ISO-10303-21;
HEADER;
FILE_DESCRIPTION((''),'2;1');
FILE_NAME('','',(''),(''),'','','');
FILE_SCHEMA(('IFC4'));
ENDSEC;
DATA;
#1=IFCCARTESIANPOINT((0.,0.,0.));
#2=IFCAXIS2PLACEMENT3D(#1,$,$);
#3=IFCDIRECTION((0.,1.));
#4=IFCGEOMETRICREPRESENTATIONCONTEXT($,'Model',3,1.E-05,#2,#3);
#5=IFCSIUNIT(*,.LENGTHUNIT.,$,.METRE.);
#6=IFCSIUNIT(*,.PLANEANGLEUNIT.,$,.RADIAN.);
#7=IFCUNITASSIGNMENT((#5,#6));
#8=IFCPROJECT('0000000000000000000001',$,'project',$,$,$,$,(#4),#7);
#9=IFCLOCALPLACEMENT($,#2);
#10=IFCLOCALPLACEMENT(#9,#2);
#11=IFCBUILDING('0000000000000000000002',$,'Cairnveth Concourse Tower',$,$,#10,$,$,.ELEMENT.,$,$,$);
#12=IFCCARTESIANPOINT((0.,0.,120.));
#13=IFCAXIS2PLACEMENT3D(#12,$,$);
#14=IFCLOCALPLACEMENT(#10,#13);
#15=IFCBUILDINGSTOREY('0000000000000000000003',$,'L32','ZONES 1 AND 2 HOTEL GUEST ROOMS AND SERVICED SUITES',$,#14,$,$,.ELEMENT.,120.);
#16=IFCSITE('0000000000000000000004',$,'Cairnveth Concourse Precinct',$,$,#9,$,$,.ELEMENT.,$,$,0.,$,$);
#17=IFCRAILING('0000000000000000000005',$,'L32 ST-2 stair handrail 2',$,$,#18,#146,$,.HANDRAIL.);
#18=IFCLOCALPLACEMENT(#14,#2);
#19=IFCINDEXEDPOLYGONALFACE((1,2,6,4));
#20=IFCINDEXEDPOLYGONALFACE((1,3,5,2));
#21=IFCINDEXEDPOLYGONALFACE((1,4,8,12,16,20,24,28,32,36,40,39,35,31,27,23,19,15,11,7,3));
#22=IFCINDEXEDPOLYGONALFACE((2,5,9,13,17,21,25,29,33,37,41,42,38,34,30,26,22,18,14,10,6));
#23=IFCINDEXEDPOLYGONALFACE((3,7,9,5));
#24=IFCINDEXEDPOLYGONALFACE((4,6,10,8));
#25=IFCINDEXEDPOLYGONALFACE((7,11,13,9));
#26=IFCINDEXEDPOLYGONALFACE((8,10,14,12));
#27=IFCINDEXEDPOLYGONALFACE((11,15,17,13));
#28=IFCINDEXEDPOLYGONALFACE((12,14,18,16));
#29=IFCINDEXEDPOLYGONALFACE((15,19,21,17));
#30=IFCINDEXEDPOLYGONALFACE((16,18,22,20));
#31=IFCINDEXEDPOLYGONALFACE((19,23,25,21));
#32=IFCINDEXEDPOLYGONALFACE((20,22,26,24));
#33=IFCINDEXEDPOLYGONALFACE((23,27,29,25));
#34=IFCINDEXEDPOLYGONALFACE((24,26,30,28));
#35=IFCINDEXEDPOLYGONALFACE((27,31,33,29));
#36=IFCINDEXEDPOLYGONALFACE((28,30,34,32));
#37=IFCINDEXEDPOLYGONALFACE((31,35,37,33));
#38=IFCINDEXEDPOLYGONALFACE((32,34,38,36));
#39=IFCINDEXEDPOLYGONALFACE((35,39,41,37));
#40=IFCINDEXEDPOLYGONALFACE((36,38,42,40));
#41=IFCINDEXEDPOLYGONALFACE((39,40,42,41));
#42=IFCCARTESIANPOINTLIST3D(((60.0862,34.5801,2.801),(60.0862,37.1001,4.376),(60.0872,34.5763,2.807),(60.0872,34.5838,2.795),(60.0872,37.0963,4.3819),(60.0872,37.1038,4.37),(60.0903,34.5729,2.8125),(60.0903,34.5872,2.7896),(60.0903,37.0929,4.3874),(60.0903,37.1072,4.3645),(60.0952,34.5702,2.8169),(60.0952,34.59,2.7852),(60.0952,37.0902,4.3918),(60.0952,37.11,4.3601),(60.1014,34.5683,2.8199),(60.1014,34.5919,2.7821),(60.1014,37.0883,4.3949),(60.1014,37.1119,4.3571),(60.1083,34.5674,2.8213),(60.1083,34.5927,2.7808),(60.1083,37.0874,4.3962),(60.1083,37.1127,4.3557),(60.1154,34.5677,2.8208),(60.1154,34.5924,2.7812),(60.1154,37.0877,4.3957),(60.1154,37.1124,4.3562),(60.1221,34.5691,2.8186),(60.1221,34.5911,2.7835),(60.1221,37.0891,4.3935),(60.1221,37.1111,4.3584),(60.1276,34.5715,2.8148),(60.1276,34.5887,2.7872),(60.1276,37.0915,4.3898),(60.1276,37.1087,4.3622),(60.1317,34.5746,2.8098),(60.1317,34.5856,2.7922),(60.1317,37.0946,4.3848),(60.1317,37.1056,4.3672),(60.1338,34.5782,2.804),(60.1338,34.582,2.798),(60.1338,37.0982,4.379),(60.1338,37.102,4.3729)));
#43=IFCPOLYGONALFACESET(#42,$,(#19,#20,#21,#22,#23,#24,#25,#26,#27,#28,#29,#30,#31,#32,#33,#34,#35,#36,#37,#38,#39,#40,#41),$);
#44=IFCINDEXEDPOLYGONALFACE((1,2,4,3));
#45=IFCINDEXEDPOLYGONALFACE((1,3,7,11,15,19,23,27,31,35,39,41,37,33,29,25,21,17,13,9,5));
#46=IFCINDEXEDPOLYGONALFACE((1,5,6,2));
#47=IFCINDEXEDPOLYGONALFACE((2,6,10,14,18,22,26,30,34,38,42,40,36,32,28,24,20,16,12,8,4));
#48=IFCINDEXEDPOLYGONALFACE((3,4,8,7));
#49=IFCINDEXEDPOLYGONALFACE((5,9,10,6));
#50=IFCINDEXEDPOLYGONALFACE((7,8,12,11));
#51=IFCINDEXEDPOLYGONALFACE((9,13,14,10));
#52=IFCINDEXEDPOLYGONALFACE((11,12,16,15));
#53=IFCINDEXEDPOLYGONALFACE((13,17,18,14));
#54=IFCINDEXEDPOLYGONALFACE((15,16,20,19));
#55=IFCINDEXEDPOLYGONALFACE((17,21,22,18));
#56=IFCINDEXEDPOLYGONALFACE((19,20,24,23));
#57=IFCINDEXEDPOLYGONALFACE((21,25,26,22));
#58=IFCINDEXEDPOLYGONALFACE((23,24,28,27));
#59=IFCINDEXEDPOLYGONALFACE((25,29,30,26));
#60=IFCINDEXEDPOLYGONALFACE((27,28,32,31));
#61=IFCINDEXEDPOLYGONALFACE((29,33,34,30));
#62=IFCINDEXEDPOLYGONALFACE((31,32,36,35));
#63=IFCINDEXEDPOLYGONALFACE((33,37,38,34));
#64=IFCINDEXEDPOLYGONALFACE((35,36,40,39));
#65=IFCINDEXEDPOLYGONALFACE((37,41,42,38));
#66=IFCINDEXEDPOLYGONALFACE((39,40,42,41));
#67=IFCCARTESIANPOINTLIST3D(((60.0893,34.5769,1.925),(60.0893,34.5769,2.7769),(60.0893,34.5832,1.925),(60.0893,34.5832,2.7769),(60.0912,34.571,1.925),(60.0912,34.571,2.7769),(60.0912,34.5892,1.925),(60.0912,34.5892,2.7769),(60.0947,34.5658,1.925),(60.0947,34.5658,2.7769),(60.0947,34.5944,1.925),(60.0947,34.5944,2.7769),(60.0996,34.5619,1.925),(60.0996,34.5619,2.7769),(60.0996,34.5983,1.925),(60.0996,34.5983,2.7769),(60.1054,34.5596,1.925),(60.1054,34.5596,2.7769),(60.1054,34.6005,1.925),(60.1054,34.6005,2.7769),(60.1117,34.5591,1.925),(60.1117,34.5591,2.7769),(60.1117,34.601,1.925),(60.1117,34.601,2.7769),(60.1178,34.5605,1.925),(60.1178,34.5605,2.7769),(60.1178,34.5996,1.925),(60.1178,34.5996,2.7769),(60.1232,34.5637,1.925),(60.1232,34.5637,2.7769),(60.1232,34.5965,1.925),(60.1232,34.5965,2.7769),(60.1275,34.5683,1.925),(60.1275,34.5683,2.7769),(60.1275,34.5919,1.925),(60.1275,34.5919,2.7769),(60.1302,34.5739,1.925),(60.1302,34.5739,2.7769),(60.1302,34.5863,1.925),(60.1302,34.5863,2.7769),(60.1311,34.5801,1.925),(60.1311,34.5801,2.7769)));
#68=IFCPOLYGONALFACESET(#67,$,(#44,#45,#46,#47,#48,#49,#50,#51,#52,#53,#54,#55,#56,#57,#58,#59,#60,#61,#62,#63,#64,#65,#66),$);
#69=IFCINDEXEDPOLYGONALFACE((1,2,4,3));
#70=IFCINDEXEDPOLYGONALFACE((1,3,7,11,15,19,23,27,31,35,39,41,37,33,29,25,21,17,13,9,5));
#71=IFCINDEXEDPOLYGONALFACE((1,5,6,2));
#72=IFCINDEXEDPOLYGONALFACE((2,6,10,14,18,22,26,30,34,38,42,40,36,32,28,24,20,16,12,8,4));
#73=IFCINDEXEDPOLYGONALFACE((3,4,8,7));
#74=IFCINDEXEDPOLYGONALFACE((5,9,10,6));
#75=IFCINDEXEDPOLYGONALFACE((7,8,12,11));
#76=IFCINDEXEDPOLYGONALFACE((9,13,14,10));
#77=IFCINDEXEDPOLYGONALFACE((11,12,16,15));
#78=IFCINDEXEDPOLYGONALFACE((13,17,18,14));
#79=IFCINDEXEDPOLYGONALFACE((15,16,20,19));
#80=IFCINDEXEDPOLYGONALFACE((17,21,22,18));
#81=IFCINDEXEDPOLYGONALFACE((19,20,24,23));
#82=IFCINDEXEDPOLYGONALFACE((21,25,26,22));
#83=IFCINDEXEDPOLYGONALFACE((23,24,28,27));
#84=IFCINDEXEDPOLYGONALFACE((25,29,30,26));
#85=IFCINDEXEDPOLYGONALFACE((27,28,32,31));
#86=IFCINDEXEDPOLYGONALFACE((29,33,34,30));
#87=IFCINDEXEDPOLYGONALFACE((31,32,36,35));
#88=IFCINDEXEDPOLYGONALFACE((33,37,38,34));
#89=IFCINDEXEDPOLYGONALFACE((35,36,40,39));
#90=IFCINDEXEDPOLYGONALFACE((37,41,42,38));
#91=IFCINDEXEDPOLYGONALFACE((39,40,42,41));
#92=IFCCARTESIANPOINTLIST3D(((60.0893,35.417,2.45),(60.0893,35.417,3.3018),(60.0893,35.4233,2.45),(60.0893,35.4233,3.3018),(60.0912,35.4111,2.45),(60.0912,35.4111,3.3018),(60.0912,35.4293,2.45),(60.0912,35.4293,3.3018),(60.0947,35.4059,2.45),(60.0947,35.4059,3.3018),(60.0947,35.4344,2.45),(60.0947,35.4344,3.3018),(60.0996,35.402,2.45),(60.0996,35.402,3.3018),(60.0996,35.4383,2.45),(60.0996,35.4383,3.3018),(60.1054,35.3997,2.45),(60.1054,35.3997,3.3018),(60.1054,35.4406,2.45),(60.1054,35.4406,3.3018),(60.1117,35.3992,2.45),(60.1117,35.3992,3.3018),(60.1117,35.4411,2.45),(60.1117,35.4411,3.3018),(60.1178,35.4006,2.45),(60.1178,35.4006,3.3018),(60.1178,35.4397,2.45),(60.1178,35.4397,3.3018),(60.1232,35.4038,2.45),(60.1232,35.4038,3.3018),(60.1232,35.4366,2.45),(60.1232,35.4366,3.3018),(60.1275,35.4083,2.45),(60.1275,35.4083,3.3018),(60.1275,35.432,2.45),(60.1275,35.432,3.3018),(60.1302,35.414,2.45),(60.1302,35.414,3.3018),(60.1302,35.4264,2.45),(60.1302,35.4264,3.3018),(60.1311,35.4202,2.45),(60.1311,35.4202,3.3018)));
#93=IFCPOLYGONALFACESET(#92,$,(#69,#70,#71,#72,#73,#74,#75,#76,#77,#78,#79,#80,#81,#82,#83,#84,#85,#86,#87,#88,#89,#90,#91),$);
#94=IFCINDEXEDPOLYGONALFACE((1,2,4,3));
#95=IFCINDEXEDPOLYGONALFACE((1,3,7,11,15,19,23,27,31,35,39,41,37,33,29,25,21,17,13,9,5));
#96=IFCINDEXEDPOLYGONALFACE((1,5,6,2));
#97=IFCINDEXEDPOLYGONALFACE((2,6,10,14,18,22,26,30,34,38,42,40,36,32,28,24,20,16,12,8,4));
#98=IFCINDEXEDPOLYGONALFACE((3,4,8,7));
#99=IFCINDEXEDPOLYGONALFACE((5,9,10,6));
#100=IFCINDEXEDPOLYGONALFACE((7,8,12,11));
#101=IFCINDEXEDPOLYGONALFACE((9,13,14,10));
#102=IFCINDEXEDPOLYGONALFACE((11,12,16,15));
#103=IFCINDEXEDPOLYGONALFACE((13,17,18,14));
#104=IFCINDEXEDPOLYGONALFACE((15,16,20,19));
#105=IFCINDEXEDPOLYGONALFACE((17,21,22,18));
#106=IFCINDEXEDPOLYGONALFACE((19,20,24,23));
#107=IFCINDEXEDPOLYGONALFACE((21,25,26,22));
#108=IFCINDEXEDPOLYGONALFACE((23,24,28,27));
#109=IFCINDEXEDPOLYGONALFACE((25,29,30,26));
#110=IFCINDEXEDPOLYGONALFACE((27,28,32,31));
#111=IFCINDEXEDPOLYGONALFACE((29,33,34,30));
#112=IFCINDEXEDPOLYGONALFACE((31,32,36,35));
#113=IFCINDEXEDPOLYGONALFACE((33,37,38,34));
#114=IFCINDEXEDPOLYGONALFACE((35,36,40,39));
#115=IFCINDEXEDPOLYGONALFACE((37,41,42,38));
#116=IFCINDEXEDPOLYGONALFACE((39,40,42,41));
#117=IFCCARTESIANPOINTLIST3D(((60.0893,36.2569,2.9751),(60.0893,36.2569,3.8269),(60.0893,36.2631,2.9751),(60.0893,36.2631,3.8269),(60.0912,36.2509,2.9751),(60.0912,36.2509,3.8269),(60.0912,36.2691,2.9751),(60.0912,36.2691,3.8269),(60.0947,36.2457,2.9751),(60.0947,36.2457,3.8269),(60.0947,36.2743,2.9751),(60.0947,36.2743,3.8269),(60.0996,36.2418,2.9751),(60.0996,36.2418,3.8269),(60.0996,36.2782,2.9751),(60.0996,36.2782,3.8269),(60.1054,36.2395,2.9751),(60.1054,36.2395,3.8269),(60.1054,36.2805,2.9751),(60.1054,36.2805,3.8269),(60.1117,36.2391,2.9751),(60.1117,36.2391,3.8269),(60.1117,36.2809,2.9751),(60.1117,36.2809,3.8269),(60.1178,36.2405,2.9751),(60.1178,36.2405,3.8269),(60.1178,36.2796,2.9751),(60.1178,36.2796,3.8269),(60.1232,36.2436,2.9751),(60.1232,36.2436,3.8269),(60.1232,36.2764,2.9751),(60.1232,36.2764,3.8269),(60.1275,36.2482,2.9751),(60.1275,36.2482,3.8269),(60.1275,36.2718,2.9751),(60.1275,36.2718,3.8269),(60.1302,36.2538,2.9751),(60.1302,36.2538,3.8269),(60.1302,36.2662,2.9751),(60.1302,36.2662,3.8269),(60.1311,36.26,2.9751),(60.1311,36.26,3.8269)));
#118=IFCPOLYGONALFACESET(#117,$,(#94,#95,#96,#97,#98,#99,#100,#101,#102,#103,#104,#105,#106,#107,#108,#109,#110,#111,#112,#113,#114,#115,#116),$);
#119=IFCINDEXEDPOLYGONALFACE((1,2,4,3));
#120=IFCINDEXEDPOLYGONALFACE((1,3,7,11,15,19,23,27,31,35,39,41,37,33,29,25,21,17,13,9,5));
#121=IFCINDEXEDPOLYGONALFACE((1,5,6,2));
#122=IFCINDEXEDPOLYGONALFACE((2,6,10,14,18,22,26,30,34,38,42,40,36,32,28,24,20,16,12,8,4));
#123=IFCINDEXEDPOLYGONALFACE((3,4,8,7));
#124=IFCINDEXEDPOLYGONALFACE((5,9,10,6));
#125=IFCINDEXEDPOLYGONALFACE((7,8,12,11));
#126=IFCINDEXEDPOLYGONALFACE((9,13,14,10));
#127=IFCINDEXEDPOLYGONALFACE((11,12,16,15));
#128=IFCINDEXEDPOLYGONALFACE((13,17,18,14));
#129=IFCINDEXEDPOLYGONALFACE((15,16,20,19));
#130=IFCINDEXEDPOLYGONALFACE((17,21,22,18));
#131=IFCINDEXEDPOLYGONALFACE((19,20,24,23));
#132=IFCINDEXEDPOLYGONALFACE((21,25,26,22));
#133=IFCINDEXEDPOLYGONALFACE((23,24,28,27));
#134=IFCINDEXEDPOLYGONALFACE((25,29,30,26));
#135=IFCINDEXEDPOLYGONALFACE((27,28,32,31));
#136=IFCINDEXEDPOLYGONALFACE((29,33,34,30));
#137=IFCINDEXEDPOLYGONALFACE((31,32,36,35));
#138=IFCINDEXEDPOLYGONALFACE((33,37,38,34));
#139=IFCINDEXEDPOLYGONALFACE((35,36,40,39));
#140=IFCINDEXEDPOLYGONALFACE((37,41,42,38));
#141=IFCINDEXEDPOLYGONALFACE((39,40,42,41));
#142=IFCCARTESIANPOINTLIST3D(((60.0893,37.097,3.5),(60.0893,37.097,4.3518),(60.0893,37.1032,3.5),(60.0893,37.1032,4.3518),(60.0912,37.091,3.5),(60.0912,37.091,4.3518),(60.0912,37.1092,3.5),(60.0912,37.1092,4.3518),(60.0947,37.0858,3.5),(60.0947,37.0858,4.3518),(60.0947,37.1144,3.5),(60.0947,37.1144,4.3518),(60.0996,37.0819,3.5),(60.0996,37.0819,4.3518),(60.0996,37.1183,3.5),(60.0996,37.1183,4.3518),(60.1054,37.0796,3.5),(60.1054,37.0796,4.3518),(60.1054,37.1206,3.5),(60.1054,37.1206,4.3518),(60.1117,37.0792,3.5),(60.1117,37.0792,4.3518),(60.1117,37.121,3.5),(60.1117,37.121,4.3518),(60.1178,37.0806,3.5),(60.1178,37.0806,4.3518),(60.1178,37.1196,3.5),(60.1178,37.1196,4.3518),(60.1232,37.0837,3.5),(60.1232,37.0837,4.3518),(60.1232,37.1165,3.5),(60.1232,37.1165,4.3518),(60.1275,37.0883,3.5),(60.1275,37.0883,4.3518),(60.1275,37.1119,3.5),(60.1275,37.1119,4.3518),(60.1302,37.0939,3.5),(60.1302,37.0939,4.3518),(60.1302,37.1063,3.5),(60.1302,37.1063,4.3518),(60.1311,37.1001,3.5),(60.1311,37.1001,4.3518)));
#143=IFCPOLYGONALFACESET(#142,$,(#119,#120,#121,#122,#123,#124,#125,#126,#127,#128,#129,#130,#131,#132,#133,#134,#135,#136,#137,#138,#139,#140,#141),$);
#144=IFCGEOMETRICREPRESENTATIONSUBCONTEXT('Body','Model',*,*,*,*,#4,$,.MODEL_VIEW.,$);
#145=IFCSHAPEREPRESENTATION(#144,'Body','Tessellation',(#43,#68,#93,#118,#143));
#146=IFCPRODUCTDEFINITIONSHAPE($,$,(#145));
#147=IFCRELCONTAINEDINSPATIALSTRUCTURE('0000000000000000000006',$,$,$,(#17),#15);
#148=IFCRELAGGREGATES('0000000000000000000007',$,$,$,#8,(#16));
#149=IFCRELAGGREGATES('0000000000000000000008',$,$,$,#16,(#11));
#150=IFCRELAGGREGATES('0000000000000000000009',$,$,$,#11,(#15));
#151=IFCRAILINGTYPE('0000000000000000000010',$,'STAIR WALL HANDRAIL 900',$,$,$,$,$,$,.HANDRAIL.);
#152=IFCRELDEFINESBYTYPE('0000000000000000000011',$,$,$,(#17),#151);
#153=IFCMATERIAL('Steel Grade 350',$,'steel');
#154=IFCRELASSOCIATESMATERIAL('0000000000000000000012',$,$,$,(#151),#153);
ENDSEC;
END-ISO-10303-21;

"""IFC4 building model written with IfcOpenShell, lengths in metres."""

from ifc_helpers import new_model, si_unit, direction, frame, origin, origin_2d, place, context, subcontext, project, spatial, circle, extrude, material, type_object, element, save


model = new_model("IFC4")

# Units and contexts
model_context = context("Model", 3, precision=1e-05, world=origin(), true_north=direction((0.0, 1.0)))
body_context = subcontext(model_context, "Body", "Model", "MODEL_VIEW")
ifc_project = project(units=[si_unit("LENGTHUNIT", "METRE"), si_unit("PLANEANGLEUNIT", "RADIAN")], contexts=[model_context])

# Site, building, storey
site_placement = place(None, origin())
site = spatial("IfcSite", under=ifc_project, at=site_placement, Name="Cairnveth Concourse Precinct", CompositionType="ELEMENT", RefElevation=0.0)
building_placement = place(site_placement, origin())
building = spatial("IfcBuilding", under=site, at=building_placement, Name="Cairnveth Concourse Tower", CompositionType="ELEMENT")
storey_placement = place(building_placement, frame((0.0, 0.0, 120.0)))
storey = spatial("IfcBuildingStorey", under=building, at=storey_placement, Name="L32", Description="ZONES 1 AND 2 HOTEL GUEST ROOMS AND SERVICED SUITES", CompositionType="ELEMENT", Elevation=120.0)

# Shared definitions
ifc_material_1 = material(Name="Steel Grade 350", Category="steel")

# Railing
railing_type_1 = type_object("IfcRailingType", Name="STAIR WALL HANDRAIL 900", PredefinedType="HANDRAIL", material=ifc_material_1)
railing_1_placement = place(storey_placement, frame((60.1101, 34.5801, 1.925)))
element("IfcRailing", 1, at=railing_1_placement, inside=storey, type_object=railing_type_1, Name="L32 ST-2 stair handrail 2", PredefinedType="HANDRAIL", context=body_context, shape_type="SweptSolid", body=[
    extrude(circle(Radius=0.0239, at=origin_2d()), frame((0.0, 0.0, 0.876), z_axis=(0.0, 0.848008, 0.529984), x_axis=(-1.0, 0.0, 0.0)), (0.0, 0.0, 1.0), 2.9717),
    extrude(circle(Radius=0.021, at=origin_2d()), origin(), (0.0, 0.0, 1.0), 0.8518),
    extrude(circle(Radius=0.021, at=origin_2d()), frame((0.0, 0.8401, 0.5249)), (0.0, 0.0, 1.0), 0.8518),
    extrude(circle(Radius=0.021, at=origin_2d()), frame((0.0, 1.6799, 1.05)), (0.0, 0.0, 1.0), 0.8518),
    extrude(circle(Radius=0.021, at=origin_2d()), frame((0.0, 2.52, 1.575)), (0.0, 0.0, 1.0), 0.8518),
])

save(model, "model.ifc")
